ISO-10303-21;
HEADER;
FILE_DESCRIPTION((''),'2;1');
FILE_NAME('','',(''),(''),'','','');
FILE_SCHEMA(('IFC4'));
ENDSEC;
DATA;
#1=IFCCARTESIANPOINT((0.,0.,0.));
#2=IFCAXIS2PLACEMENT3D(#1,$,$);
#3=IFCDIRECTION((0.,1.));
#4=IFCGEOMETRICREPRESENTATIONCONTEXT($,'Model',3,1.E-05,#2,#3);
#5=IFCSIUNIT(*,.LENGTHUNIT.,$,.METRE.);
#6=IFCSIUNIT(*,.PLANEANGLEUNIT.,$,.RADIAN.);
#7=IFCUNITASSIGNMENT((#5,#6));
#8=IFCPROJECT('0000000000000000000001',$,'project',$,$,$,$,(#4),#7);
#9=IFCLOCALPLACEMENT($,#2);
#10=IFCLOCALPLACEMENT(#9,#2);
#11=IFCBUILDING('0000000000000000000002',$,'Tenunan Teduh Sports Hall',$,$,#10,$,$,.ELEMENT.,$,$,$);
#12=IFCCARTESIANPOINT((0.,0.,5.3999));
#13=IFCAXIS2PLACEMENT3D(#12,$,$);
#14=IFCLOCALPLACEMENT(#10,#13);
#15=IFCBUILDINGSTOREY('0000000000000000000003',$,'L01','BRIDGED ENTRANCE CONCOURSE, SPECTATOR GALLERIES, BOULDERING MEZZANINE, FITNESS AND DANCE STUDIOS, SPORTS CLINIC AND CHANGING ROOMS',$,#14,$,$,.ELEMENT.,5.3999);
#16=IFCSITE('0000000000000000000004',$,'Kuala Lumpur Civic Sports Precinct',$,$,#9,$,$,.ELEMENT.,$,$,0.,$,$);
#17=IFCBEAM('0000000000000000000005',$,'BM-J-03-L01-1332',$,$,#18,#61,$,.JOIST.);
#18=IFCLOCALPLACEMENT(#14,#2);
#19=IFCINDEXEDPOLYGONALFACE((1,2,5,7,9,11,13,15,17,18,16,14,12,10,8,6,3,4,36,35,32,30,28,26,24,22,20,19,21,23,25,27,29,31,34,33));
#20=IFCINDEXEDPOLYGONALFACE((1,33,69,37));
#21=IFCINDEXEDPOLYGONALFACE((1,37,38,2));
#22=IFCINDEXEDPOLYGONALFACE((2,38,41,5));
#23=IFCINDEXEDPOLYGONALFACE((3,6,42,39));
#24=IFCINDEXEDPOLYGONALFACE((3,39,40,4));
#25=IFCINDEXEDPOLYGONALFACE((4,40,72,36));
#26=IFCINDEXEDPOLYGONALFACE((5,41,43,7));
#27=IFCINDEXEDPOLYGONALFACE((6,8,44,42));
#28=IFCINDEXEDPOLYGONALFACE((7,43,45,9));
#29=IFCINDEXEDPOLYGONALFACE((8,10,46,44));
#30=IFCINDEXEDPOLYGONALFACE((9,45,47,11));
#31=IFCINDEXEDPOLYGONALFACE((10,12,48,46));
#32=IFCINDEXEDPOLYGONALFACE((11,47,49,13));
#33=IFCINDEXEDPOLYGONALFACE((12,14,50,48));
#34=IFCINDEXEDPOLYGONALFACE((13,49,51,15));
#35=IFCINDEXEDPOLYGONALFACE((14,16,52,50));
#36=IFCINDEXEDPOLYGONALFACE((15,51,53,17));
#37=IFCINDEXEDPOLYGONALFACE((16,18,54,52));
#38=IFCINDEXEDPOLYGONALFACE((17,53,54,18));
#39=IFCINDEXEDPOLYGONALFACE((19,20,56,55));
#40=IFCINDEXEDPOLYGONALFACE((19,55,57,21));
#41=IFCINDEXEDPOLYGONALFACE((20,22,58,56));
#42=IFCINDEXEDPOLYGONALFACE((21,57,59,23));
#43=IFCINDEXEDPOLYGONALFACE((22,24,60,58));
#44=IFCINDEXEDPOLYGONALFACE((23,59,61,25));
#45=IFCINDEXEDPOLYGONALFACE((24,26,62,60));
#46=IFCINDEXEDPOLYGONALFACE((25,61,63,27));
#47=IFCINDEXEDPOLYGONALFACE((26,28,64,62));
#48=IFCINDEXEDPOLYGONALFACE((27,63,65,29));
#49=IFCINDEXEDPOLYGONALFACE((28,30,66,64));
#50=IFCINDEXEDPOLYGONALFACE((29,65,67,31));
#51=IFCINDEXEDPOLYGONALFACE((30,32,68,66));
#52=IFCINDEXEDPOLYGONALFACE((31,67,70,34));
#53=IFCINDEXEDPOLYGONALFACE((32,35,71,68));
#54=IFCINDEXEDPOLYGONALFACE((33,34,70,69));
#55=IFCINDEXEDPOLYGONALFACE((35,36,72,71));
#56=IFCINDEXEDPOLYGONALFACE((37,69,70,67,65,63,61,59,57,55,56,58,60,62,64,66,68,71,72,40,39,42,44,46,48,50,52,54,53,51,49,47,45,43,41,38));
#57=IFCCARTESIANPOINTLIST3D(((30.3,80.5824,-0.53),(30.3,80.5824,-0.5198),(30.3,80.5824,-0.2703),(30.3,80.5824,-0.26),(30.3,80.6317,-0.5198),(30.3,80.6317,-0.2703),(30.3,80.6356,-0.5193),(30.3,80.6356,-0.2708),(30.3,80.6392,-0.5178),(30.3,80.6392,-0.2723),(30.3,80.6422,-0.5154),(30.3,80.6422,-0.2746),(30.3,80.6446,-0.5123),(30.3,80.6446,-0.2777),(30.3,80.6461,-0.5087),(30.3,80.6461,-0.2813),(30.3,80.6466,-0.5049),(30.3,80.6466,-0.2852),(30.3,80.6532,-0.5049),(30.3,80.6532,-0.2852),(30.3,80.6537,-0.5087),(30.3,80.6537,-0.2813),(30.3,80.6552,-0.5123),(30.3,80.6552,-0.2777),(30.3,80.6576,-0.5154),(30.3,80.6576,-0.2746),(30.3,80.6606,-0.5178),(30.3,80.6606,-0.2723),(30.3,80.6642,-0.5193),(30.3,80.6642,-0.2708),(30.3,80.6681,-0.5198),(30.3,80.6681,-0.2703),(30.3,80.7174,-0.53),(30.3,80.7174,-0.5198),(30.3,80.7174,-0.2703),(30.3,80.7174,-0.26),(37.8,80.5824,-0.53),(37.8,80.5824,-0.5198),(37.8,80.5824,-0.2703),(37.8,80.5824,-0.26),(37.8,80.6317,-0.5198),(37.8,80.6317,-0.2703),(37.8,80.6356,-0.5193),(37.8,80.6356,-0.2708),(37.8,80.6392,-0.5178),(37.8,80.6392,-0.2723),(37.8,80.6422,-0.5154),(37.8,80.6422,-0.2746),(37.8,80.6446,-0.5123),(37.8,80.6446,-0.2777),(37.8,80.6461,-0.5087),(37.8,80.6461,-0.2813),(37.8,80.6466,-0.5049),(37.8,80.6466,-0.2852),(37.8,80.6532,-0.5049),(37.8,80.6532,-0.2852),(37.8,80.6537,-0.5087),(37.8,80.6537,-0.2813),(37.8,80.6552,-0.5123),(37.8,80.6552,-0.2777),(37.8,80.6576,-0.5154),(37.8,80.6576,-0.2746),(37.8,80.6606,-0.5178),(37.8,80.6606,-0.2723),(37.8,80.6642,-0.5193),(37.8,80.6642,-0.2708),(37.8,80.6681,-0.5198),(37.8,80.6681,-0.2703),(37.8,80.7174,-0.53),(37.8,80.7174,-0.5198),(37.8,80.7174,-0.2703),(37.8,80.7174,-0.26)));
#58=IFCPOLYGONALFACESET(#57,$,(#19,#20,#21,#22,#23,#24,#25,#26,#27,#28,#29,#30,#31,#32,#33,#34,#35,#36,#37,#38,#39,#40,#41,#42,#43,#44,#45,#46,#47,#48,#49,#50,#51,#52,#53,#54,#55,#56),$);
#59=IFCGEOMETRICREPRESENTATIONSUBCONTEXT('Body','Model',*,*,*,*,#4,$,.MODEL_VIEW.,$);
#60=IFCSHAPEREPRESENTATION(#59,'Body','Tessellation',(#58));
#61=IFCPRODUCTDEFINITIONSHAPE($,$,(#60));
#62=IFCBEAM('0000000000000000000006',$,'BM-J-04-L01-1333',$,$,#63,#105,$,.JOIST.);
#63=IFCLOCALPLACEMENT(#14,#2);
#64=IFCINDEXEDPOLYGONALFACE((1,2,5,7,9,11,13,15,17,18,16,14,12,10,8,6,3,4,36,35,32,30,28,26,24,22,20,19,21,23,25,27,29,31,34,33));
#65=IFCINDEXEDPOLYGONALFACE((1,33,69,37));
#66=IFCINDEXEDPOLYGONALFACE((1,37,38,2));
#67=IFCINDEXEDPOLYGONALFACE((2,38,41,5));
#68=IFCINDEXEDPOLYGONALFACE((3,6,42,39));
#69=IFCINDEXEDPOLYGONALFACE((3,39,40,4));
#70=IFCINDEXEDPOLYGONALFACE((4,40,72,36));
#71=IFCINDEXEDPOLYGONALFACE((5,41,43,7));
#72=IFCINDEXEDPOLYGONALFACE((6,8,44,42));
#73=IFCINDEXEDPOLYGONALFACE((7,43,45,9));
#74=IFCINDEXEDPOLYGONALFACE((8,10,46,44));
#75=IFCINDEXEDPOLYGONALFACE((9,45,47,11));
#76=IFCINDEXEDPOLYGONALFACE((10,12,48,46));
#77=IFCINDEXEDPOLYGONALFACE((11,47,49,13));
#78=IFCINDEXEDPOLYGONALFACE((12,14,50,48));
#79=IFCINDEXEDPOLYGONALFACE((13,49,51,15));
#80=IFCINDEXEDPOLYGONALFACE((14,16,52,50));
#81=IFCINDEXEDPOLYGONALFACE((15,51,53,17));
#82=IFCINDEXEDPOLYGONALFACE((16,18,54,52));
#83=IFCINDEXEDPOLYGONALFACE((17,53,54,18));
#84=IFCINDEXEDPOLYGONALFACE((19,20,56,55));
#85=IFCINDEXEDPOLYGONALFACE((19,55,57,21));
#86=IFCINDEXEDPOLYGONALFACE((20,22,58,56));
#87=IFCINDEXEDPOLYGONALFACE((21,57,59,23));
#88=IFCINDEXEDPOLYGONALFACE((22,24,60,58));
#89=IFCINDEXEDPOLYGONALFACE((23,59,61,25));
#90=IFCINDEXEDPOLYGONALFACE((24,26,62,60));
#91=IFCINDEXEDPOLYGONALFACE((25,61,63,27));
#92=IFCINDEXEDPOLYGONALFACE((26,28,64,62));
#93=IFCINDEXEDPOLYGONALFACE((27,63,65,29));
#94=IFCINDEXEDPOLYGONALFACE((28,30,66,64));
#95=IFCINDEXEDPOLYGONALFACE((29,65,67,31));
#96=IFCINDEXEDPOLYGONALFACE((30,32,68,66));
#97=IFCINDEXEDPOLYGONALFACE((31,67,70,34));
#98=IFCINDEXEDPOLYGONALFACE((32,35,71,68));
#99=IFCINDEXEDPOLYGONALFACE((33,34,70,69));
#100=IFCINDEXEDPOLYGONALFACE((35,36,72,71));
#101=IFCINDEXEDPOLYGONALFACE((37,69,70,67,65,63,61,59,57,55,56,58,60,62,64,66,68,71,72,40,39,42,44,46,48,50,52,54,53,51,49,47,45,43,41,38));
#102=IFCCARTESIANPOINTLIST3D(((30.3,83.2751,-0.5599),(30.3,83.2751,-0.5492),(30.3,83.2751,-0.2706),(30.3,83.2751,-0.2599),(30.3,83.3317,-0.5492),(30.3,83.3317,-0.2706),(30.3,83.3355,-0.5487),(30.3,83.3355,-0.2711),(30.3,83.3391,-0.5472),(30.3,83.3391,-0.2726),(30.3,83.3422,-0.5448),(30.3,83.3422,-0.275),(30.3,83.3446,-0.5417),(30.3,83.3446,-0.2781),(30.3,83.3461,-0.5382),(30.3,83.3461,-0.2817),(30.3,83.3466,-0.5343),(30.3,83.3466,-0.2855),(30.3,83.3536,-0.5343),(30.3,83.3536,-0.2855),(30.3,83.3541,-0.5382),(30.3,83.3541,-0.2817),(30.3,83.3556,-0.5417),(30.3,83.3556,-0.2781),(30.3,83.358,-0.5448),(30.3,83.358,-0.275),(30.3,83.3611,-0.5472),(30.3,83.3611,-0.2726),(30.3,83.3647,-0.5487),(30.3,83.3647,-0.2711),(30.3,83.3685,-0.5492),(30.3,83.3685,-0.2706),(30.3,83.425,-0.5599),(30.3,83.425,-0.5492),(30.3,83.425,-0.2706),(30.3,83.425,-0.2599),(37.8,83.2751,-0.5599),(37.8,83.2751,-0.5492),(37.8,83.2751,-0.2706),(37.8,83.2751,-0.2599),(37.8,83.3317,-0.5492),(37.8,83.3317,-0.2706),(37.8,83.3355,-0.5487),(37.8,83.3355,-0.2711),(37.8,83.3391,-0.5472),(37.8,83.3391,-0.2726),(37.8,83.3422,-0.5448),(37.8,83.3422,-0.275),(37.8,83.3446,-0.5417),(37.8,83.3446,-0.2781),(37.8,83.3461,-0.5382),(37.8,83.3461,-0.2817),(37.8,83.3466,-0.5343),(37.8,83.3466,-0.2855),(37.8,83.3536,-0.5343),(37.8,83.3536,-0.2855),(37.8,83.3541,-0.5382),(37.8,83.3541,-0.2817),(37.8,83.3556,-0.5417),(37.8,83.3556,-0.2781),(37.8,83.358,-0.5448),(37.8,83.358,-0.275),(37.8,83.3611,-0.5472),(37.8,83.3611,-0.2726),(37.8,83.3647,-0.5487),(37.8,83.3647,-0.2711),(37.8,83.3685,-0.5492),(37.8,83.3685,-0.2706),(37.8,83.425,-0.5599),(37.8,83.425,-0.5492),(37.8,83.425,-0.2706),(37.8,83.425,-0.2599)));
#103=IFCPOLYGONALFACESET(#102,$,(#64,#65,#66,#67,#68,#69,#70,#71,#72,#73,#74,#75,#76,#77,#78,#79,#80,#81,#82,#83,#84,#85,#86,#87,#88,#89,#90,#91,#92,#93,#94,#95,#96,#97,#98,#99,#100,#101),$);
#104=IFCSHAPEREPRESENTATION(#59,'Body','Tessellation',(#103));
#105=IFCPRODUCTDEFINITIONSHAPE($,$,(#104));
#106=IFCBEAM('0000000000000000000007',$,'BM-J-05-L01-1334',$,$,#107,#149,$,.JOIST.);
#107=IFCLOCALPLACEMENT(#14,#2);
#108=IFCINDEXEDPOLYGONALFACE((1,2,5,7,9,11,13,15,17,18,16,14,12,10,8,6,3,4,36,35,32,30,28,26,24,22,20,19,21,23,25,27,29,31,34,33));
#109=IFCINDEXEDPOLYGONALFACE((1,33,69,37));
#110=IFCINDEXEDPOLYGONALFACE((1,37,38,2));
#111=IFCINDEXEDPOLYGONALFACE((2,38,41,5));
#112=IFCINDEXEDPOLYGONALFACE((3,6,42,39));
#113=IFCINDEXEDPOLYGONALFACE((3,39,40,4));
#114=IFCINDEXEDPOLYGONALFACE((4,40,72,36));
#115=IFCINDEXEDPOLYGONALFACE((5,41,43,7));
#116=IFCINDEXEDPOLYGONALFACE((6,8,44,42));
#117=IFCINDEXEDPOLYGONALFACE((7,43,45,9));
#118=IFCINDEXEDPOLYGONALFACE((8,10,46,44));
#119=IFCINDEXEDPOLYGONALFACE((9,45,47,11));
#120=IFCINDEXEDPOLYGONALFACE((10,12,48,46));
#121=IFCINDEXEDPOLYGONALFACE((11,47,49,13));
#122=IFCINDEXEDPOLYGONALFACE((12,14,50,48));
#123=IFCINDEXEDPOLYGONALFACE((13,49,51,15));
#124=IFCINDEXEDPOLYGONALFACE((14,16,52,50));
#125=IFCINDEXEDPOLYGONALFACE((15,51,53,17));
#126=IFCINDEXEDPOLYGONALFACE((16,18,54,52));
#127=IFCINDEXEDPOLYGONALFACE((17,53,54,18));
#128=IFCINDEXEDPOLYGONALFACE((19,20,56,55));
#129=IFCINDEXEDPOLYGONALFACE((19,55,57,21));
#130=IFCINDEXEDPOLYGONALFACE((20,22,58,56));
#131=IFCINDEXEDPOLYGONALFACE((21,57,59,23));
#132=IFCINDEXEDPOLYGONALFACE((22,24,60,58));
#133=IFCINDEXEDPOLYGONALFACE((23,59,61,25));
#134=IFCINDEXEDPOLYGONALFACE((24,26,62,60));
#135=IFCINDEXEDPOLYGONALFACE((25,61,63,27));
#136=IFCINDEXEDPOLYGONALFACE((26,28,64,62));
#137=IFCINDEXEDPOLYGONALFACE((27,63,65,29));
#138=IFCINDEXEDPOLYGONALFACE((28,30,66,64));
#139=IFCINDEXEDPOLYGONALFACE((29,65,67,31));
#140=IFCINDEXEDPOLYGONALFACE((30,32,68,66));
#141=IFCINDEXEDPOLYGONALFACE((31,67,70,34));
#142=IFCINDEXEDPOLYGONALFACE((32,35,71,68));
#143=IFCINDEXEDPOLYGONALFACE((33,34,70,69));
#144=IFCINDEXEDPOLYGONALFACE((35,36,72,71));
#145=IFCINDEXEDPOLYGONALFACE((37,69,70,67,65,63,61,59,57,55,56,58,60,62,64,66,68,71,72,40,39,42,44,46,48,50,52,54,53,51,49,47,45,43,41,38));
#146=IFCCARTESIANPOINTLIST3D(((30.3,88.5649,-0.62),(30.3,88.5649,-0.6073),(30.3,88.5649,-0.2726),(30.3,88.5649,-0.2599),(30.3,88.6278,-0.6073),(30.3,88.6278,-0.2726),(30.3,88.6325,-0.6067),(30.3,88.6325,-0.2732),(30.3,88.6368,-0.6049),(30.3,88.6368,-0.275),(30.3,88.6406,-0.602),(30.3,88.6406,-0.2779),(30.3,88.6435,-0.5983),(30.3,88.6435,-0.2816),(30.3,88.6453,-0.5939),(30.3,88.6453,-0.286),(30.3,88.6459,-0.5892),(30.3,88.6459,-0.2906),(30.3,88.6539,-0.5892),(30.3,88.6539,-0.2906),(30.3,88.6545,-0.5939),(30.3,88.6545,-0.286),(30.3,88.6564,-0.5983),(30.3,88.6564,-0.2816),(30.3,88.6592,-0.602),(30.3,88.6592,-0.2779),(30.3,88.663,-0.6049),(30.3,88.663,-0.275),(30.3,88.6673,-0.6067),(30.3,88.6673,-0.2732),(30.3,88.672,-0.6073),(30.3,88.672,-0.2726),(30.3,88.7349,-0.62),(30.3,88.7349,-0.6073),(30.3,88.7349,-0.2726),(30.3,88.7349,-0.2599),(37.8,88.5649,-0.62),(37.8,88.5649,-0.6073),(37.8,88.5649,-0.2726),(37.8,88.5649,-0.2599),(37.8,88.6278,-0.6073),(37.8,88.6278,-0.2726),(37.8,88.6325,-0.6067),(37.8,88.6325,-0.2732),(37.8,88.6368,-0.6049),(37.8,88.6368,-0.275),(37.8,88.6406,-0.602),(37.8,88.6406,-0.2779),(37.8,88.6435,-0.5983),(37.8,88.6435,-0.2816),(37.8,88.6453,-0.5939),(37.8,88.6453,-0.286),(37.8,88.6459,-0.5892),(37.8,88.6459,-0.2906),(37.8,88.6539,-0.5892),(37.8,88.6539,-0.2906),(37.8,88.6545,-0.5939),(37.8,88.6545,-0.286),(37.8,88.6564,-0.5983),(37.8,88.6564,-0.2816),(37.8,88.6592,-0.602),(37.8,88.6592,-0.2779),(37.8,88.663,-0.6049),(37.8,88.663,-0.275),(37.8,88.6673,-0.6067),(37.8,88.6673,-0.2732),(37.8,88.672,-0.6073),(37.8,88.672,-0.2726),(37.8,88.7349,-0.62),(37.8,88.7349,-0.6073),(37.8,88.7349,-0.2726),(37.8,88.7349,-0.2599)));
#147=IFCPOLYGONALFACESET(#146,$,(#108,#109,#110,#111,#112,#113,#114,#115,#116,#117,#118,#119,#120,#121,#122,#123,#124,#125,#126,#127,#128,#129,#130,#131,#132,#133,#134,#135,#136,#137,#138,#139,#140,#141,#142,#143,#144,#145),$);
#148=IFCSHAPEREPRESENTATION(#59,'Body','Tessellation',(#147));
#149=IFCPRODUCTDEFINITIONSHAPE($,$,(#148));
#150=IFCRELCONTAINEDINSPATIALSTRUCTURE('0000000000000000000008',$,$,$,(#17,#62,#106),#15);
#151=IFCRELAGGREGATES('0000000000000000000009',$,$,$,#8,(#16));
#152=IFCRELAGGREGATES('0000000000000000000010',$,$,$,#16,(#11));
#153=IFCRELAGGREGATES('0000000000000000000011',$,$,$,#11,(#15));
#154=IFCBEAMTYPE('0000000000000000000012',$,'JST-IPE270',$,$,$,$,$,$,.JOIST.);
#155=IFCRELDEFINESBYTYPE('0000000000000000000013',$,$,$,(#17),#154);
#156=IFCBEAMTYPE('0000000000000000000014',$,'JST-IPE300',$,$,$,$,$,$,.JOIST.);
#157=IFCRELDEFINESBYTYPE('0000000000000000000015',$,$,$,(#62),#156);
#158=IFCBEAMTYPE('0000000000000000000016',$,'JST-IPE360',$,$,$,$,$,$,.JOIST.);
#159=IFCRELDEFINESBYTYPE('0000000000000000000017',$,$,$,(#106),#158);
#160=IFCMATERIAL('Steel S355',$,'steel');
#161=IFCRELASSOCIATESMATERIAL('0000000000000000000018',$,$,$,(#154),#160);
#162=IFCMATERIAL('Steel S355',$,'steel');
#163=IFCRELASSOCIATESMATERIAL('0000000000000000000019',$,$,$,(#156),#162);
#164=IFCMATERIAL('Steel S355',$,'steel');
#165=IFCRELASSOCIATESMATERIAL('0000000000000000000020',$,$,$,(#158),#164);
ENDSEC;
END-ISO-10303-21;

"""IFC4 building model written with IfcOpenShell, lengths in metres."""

from ifc_helpers import new_model, si_unit, direction, frame, origin, origin_2d, place, context, subcontext, project, spatial, i_section, extrude, material, material_profile, profile_set, type_object, element, save


model = new_model("IFC4")

# Units and contexts
model_context = context("Model", 3, precision=1e-05, world=origin(), true_north=direction((0.0, 1.0)))
body_context = subcontext(model_context, "Body", "Model", "MODEL_VIEW")
ifc_project = project(units=[si_unit("LENGTHUNIT", "METRE"), si_unit("PLANEANGLEUNIT", "RADIAN")], contexts=[model_context])

# Site, building, storey
site_placement = place(None, origin())
site = spatial("IfcSite", under=ifc_project, at=site_placement, Name="Kuala Lumpur Civic Sports Precinct", CompositionType="ELEMENT", RefElevation=0.0)
building_placement = place(site_placement, origin())
building = spatial("IfcBuilding", under=site, at=building_placement, Name="Tenunan Teduh Sports Hall", CompositionType="ELEMENT")
storey_placement = place(building_placement, frame((0.0, 0.0, 5.3999)))
storey = spatial("IfcBuildingStorey", under=building, at=storey_placement, Name="L01", Description="BRIDGED ENTRANCE CONCOURSE, SPECTATOR GALLERIES, BOULDERING MEZZANINE, FITNESS AND DANCE STUDIOS, SPORTS CLINIC AND CHANGING ROOMS", CompositionType="ELEMENT", Elevation=5.3999)

# Beams
ifc_material_1 = material(Name="Steel S355", Category="steel")
ifc_material_profile_1 = material_profile(ifc_material_1, i_section(OverallWidth=0.135, OverallDepth=0.27, WebThickness=0.0066, FlangeThickness=0.0103, FilletRadius=0.0149, at=origin_2d()), Name="IPE 270")
ifc_profile_set_1 = profile_set([ifc_material_profile_1], Name="Steel S355")
beam_type_1 = type_object("IfcBeamType", Name="JST-IPE270", PredefinedType="JOIST", material=ifc_profile_set_1)
beam_1_placement = place(storey_placement, frame((30.3, 80.6499, -0.395), z_axis=(1.0, 0.0, 0.0), x_axis=(0.0, 1.0, 0.0)))
element("IfcBeam", 1, at=beam_1_placement, inside=storey, type_object=beam_type_1, Name="BM-J-03-L01-1332", PredefinedType="JOIST", context=body_context, shape_type="SweptSolid", body=[
    extrude(i_section(OverallWidth=0.135, OverallDepth=0.27, WebThickness=0.0066, FlangeThickness=0.0103, FilletRadius=0.0149, at=origin_2d()), origin(), (0.0, 0.0, 1.0), 7.5),
])
ifc_material_2 = material(Name="Steel S355", Category="steel")
ifc_material_profile_2 = material_profile(ifc_material_2, i_section(OverallWidth=0.1499, OverallDepth=0.3, WebThickness=0.0071, FlangeThickness=0.0107, FilletRadius=0.0149, at=origin_2d()), Name="IPE 300")
ifc_profile_set_2 = profile_set([ifc_material_profile_2], Name="Steel S355")
beam_type_2 = type_object("IfcBeamType", Name="JST-IPE300", PredefinedType="JOIST", material=ifc_profile_set_2)
beam_2_placement = place(storey_placement, frame((30.3, 83.3501, -0.4099), z_axis=(1.0, 0.0, 0.0), x_axis=(0.0, 1.0, 0.0)))
element("IfcBeam", 2, at=beam_2_placement, inside=storey, type_object=beam_type_2, Name="BM-J-04-L01-1333", PredefinedType="JOIST", context=body_context, shape_type="SweptSolid", body=[
    extrude(i_section(OverallWidth=0.1499, OverallDepth=0.3, WebThickness=0.0071, FlangeThickness=0.0107, FilletRadius=0.0149, at=origin_2d()), origin(), (0.0, 0.0, 1.0), 7.5),
])
ifc_material_3 = material(Name="Steel S355", Category="steel")
ifc_material_profile_3 = material_profile(ifc_material_3, i_section(OverallWidth=0.1699, OverallDepth=0.3601, WebThickness=0.0081, FlangeThickness=0.0127, FilletRadius=0.0181, at=origin_2d()), Name="IPE 360")
ifc_profile_set_3 = profile_set([ifc_material_profile_3], Name="Steel S355")
beam_type_3 = type_object("IfcBeamType", Name="JST-IPE360", PredefinedType="JOIST", material=ifc_profile_set_3)
beam_3_placement = place(storey_placement, frame((30.3, 88.6499, -0.4399), z_axis=(1.0, 0.0, 0.0), x_axis=(0.0, 1.0, 0.0)))
element("IfcBeam", 3, at=beam_3_placement, inside=storey, type_object=beam_type_3, Name="BM-J-05-L01-1334", PredefinedType="JOIST", context=body_context, shape_type="SweptSolid", body=[
    extrude(i_section(OverallWidth=0.1699, OverallDepth=0.3601, WebThickness=0.0081, FlangeThickness=0.0127, FilletRadius=0.0181, at=origin_2d()), origin(), (0.0, 0.0, 1.0), 7.5),
])

save(model, "model.ifc")
